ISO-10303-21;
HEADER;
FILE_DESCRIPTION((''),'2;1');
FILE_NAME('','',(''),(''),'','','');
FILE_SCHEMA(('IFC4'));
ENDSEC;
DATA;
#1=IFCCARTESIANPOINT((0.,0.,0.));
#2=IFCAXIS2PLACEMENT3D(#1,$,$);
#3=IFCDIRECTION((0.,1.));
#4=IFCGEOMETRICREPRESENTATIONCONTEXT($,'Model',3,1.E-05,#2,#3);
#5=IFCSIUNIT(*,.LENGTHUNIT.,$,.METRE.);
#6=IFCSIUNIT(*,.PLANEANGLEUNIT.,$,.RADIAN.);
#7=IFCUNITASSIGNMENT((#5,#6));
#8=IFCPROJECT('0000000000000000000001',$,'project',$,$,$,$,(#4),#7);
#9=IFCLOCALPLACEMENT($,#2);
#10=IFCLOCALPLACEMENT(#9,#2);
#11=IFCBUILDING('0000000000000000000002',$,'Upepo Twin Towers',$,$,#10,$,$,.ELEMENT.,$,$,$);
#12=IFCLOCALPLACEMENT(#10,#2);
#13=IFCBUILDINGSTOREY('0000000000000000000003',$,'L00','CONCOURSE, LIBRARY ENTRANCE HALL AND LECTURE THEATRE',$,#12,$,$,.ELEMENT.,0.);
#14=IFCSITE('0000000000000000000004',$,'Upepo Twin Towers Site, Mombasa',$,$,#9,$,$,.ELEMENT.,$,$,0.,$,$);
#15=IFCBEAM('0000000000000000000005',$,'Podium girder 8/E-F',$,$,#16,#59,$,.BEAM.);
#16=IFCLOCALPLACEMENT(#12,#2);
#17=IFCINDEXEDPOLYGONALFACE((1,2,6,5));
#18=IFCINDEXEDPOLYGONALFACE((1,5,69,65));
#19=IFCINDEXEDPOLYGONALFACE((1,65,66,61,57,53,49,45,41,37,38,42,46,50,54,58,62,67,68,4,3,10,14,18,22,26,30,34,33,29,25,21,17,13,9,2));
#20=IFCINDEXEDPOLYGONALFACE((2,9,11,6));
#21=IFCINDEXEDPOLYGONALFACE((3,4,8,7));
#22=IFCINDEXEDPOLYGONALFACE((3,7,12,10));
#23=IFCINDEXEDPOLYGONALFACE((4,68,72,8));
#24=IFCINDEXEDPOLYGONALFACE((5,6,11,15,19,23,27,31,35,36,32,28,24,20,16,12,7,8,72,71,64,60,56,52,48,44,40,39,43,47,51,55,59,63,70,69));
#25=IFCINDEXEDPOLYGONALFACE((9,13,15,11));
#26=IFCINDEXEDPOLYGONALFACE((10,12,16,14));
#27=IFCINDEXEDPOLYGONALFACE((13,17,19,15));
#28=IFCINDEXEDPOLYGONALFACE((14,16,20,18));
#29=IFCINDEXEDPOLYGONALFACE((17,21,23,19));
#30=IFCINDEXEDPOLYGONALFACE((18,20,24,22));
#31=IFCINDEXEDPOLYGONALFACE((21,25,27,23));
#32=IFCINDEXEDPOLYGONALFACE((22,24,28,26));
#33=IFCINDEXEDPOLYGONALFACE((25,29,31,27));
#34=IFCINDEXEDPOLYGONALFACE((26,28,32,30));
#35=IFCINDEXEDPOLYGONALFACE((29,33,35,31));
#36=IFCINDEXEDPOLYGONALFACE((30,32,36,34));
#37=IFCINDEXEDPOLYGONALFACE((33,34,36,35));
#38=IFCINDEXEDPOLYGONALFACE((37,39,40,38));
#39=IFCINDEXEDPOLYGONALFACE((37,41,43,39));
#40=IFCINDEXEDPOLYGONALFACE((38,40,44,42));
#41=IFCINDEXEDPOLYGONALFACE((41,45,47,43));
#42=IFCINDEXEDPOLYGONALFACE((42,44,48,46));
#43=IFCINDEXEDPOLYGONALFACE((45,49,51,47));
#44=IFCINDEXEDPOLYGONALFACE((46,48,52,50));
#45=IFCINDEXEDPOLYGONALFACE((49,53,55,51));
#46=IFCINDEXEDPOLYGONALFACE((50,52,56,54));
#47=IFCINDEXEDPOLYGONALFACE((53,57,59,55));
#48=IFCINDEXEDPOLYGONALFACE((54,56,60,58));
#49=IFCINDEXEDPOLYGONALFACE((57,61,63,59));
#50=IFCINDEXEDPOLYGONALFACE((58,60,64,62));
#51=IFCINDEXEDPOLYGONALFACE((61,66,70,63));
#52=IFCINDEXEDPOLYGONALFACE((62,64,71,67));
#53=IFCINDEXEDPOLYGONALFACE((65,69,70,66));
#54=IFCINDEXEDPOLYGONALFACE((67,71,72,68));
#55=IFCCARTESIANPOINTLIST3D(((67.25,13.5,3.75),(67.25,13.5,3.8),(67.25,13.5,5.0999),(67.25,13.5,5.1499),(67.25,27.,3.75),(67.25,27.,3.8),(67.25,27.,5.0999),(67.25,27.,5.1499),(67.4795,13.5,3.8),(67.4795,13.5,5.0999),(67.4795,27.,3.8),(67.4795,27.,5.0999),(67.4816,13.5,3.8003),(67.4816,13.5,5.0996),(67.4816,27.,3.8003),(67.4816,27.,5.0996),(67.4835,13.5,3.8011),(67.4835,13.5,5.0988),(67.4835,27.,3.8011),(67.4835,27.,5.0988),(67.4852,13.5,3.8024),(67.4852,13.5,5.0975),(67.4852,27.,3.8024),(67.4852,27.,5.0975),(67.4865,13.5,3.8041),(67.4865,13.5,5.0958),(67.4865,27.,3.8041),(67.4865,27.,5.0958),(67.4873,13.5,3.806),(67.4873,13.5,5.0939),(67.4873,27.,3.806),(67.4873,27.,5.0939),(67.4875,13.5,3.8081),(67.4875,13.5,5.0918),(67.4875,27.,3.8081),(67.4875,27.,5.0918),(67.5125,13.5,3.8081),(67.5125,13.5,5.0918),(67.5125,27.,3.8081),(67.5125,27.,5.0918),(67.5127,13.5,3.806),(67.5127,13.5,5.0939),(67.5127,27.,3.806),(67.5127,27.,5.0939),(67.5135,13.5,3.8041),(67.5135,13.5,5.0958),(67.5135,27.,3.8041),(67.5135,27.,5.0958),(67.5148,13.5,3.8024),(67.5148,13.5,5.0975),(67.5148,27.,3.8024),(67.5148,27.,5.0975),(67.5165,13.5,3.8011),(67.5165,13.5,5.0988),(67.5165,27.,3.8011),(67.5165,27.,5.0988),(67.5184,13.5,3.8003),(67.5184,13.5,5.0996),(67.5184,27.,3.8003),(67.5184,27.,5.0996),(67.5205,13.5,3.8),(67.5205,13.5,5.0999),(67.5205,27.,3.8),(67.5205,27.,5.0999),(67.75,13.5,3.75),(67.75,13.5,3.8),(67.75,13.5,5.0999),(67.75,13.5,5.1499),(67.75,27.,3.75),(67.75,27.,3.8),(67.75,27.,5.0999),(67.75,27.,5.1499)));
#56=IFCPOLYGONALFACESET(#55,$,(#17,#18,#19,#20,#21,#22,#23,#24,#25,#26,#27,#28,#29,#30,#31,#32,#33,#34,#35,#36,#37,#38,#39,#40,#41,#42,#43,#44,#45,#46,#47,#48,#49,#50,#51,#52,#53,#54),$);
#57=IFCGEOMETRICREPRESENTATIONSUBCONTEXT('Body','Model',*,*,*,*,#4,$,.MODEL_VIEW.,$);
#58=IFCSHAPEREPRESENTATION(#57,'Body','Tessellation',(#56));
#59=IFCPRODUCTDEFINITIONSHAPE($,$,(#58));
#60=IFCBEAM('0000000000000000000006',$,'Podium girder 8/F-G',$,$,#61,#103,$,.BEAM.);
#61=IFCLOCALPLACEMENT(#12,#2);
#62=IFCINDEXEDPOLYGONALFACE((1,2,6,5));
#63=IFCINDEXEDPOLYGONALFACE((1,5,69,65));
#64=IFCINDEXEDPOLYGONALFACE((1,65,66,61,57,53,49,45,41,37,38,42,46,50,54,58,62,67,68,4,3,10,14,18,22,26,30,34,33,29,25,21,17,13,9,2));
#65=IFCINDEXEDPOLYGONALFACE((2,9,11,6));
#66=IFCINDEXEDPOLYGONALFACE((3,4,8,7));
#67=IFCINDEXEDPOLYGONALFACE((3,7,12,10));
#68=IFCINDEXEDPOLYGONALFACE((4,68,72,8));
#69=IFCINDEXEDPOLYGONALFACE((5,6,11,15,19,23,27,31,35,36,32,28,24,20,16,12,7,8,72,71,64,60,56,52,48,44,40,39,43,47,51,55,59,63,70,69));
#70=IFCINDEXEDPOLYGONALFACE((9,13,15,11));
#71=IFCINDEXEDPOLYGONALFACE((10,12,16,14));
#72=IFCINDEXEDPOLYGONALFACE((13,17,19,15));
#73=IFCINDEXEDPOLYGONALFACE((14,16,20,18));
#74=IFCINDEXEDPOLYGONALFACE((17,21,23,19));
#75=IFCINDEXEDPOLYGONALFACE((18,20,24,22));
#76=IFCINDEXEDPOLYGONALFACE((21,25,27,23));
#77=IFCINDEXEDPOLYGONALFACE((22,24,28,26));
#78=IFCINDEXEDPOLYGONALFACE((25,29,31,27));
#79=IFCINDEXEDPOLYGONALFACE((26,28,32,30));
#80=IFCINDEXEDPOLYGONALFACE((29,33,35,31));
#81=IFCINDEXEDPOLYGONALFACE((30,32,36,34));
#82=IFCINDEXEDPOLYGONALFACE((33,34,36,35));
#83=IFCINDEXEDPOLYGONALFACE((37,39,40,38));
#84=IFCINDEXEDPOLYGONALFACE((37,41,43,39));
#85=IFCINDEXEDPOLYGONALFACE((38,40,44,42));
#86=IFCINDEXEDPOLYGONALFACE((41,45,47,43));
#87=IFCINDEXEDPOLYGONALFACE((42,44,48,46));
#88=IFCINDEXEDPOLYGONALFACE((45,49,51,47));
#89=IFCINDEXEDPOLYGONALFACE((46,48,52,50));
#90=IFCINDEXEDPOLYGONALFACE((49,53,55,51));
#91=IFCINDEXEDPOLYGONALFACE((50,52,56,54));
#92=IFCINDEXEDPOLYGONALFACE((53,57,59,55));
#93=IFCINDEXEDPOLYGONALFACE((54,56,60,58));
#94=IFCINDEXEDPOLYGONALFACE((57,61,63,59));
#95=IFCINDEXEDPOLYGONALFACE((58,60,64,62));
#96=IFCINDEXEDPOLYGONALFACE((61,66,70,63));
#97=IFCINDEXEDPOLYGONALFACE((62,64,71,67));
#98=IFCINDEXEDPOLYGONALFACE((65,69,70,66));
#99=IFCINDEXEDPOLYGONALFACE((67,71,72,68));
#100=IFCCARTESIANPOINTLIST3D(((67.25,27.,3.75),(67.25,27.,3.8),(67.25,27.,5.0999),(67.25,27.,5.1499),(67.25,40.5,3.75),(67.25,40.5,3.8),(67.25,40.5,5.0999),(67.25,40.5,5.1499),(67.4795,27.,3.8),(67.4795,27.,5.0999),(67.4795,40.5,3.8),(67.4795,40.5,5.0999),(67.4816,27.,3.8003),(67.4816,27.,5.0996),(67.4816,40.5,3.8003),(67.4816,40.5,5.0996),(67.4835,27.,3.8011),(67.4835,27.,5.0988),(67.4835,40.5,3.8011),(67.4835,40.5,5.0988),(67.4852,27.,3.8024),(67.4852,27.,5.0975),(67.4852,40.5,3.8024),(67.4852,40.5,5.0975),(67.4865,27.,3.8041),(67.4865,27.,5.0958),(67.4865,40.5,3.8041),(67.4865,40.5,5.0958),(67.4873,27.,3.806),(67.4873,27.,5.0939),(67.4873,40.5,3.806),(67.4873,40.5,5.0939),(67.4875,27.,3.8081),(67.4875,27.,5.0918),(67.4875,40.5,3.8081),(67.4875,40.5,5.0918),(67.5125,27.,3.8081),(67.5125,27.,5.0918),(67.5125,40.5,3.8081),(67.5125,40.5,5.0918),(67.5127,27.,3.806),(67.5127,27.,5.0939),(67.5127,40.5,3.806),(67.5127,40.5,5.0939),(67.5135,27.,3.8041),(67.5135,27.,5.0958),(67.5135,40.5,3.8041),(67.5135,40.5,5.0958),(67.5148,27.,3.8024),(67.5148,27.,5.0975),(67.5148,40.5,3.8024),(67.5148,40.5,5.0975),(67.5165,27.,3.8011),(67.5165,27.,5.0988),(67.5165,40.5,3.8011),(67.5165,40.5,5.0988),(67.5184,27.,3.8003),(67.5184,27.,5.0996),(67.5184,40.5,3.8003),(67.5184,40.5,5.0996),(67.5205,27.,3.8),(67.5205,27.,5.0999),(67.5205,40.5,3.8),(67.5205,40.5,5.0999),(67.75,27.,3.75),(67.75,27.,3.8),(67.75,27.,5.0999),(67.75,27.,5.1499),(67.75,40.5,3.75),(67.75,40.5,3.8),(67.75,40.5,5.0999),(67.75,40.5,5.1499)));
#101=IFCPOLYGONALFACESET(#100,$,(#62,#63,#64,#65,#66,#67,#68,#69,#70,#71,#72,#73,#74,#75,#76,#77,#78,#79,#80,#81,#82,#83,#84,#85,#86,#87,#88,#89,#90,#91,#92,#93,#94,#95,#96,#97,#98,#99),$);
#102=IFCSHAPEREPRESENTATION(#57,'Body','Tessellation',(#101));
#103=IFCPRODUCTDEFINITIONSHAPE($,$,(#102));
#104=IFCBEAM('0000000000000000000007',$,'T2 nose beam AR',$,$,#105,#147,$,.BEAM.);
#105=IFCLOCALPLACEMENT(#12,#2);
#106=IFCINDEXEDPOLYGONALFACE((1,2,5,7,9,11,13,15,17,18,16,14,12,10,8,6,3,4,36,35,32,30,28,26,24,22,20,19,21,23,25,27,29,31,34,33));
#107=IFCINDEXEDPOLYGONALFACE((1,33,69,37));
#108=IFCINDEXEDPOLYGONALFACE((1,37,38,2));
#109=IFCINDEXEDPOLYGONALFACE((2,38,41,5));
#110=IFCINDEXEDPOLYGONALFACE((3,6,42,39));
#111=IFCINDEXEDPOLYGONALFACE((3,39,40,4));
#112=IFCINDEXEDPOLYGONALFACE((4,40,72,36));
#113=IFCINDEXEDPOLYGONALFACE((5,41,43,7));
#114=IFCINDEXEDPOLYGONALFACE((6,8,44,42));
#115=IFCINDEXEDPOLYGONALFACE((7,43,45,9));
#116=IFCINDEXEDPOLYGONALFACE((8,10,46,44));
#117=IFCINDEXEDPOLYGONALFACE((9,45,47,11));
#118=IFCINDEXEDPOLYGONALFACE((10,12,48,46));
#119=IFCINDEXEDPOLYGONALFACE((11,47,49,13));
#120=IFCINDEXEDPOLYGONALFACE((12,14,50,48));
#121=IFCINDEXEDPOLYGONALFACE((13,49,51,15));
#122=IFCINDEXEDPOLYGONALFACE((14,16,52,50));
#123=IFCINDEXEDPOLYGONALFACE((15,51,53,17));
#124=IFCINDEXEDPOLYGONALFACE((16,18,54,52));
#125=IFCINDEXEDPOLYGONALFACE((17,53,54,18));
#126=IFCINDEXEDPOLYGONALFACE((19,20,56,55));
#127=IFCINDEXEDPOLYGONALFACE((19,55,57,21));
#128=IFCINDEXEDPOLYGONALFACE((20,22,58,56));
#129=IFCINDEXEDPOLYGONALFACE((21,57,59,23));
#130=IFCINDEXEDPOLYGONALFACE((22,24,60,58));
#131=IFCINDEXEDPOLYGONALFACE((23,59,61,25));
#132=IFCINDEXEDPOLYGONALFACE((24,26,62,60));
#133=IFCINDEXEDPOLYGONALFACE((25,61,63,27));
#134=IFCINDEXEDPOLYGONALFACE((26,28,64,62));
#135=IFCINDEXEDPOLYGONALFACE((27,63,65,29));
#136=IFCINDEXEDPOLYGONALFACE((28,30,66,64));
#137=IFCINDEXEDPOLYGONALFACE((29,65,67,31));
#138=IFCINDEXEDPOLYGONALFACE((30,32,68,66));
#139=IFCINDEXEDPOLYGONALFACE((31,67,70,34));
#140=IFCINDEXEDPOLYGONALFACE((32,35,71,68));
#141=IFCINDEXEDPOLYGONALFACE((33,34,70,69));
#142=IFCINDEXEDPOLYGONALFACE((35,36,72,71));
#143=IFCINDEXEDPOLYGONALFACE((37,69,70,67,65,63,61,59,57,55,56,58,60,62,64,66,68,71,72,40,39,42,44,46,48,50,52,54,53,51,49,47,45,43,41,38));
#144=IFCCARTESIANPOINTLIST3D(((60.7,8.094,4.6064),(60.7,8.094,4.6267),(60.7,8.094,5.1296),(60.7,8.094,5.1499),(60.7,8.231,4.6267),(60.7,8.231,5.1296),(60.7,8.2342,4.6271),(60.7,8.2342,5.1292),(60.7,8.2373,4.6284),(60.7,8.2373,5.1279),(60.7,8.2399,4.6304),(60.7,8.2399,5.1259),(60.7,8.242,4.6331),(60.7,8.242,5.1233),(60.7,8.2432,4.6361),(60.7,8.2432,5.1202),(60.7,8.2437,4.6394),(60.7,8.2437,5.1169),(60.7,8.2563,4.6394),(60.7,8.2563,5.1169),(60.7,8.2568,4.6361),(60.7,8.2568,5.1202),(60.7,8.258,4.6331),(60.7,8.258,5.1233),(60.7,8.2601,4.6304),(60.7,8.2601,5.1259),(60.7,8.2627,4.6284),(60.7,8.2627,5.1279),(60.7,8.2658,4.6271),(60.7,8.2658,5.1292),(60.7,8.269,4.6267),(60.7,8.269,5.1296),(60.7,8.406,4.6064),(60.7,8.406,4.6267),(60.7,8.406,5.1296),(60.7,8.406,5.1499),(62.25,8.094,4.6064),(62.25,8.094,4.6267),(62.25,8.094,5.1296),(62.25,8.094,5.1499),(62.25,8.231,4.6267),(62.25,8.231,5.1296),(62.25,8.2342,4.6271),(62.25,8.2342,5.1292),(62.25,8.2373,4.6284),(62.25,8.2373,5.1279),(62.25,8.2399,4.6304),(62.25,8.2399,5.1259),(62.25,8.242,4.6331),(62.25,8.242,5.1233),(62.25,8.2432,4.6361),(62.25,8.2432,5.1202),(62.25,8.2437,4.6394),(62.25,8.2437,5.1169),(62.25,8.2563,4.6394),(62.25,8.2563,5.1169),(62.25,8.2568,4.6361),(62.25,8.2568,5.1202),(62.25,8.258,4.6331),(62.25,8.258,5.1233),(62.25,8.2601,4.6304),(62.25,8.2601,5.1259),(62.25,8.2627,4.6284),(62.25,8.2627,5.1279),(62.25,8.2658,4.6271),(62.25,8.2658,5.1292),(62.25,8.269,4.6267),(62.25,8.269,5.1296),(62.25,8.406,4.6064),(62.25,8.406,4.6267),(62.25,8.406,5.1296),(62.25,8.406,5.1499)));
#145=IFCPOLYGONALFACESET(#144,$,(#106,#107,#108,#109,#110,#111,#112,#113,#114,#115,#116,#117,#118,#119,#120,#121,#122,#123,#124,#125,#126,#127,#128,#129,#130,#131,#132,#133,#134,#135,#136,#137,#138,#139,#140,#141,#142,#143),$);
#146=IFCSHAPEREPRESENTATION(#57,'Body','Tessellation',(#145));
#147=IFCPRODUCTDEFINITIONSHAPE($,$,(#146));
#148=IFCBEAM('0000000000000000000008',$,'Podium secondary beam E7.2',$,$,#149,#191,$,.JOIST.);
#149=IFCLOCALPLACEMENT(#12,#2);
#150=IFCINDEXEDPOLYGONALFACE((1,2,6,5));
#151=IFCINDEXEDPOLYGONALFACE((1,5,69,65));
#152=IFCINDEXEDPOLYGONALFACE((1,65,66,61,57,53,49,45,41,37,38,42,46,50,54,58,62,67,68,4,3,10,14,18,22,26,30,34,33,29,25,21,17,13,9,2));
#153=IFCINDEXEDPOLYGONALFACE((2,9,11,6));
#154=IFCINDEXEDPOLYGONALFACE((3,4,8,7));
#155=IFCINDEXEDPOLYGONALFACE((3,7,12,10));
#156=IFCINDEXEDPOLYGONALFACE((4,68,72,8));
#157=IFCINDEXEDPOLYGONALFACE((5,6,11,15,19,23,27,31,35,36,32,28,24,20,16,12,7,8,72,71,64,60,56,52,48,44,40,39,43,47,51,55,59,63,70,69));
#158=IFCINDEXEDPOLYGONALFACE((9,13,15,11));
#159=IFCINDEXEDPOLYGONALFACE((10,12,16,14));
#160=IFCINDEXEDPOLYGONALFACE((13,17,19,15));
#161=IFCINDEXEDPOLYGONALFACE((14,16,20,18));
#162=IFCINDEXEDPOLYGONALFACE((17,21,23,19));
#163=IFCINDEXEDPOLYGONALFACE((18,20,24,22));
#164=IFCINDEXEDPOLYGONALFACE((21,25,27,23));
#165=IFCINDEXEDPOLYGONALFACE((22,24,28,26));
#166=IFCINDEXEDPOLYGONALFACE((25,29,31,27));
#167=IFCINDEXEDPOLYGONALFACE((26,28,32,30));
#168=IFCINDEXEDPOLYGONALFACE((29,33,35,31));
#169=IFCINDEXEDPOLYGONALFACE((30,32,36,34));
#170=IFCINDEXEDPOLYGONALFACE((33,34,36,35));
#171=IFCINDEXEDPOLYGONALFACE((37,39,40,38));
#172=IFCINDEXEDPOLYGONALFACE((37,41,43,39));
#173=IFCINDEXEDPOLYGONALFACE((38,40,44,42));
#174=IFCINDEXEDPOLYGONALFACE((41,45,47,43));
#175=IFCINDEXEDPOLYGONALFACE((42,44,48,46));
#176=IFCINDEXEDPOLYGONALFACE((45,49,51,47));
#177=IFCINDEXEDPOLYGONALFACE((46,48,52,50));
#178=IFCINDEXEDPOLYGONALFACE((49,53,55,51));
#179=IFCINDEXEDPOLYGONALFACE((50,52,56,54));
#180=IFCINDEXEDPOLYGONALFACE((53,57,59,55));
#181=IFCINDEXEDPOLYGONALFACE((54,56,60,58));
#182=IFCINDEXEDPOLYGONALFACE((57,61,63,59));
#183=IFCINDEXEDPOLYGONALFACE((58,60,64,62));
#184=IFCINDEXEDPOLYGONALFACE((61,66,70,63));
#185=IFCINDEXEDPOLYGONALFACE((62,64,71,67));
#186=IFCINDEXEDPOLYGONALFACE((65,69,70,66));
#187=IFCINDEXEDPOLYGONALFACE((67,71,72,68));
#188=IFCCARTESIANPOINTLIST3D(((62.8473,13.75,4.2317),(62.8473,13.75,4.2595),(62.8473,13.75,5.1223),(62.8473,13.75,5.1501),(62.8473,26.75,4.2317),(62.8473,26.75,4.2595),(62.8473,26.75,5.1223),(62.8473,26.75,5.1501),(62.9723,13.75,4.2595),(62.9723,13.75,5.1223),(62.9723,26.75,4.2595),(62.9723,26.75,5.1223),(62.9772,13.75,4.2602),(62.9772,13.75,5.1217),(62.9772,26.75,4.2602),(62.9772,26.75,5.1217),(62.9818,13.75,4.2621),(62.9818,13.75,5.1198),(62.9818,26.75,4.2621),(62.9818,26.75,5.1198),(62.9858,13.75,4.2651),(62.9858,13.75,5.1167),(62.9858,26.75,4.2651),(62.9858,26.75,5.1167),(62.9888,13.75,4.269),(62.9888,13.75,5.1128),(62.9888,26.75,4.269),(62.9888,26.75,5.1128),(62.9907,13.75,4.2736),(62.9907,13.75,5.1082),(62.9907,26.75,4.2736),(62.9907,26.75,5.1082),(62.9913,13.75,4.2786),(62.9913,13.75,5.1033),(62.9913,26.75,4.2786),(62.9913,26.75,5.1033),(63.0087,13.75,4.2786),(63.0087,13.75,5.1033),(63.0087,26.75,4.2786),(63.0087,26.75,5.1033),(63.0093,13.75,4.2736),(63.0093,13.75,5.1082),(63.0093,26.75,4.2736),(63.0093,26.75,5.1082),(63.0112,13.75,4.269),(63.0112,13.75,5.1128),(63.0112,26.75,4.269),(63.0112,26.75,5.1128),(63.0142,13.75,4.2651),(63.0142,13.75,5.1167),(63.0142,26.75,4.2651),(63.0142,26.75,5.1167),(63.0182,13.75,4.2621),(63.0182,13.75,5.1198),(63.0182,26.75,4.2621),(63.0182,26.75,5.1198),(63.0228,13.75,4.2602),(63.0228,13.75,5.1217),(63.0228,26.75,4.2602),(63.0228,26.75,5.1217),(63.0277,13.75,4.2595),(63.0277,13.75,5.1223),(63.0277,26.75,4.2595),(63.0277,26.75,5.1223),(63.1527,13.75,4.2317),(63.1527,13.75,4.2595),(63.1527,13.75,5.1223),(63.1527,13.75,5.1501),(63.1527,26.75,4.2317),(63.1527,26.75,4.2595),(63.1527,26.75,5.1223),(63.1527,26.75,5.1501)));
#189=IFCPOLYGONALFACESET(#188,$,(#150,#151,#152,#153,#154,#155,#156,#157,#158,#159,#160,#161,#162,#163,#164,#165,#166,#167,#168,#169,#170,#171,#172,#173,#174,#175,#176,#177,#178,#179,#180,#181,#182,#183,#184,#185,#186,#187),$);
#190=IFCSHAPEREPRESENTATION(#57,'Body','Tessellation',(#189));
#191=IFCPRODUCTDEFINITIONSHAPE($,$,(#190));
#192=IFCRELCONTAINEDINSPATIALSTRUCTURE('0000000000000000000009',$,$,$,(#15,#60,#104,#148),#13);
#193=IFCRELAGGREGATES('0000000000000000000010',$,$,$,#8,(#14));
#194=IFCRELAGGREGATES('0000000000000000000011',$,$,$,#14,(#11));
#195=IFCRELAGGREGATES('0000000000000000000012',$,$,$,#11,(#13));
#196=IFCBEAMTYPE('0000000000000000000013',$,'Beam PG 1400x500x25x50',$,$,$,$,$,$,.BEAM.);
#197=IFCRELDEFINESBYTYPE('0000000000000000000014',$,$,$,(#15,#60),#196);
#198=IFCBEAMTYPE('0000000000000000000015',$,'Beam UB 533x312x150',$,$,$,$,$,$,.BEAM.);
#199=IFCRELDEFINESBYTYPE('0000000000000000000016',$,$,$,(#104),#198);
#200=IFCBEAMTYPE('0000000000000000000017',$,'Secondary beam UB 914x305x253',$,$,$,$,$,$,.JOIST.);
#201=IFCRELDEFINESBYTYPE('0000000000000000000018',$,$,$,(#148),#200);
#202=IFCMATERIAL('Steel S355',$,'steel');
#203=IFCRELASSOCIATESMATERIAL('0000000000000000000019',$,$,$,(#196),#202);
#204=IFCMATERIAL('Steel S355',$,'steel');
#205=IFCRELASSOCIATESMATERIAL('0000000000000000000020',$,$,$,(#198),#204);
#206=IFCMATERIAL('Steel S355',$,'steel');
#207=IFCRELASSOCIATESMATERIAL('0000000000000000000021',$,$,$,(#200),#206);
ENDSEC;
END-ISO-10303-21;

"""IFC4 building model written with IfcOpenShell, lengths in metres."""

from ifc_helpers import new_model, si_unit, direction, frame, origin, origin_2d, place, context, subcontext, project, spatial, i_section, extrude, material, material_profile, profile_set, type_object, element, save


model = new_model("IFC4")

# Units and contexts
model_context = context("Model", 3, precision=1e-05, world=origin(), true_north=direction((0.0, 1.0)))
body_context = subcontext(model_context, "Body", "Model", "MODEL_VIEW")
ifc_project = project(units=[si_unit("LENGTHUNIT", "METRE"), si_unit("PLANEANGLEUNIT", "RADIAN")], contexts=[model_context])

# Site, building, storey
site_placement = place(None, origin())
site = spatial("IfcSite", under=ifc_project, at=site_placement, Name="Upepo Twin Towers Site, Mombasa", CompositionType="ELEMENT", RefElevation=0.0)
building_placement = place(site_placement, origin())
building = spatial("IfcBuilding", under=site, at=building_placement, Name="Upepo Twin Towers", CompositionType="ELEMENT")
storey_placement = place(building_placement, origin())
storey = spatial("IfcBuildingStorey", under=building, at=storey_placement, Name="L00", Description="CONCOURSE, LIBRARY ENTRANCE HALL AND LECTURE THEATRE", CompositionType="ELEMENT", Elevation=0.0)

# Beams
ifc_material_1 = material(Name="Steel S355", Category="steel")
ifc_material_profile_1 = material_profile(ifc_material_1, i_section(OverallWidth=0.5, OverallDepth=1.3999, WebThickness=0.0249, FlangeThickness=0.05, FilletRadius=0.0081, at=origin_2d()), Name="PG 1400x500x25x50")
ifc_profile_set_1 = profile_set([ifc_material_profile_1], Name="Steel S355")
beam_type_1 = type_object("IfcBeamType", Name="Beam PG 1400x500x25x50", PredefinedType="BEAM", material=ifc_profile_set_1)
for number, where, z_axis, x_axis, name in (
    (1, (67.5, 13.5, 4.45), (0.0, 1.0, 0.0), (-1.0, 0.0, 0.0), "Podium girder 8/E-F"),
    (2, (67.5, 27.0, 4.45), (0.0, 1.0, 0.0), (-1.0, 0.0, 0.0), "Podium girder 8/F-G"),
):
    element("IfcBeam", number, at=place(storey_placement, frame(where, z_axis=z_axis, x_axis=x_axis)), inside=storey, type_object=beam_type_1, Name=name, PredefinedType="BEAM", context=body_context, shape_type="SweptSolid", body=[
        extrude(i_section(OverallWidth=0.5, OverallDepth=1.3999, WebThickness=0.0249, FlangeThickness=0.05, FilletRadius=0.0081, at=origin_2d()), origin(), (0.0, 0.0, 1.0), 13.5),
    ])
ifc_material_2 = material(Name="Steel S355", Category="steel")
ifc_material_profile_2 = material_profile(ifc_material_2, i_section(OverallWidth=0.312, OverallDepth=0.5435, WebThickness=0.0127, FlangeThickness=0.0203, FilletRadius=0.0127, at=origin_2d()), Name="UB 533x312x150")
ifc_profile_set_2 = profile_set([ifc_material_profile_2], Name="Steel S355")
beam_type_2 = type_object("IfcBeamType", Name="Beam UB 533x312x150", PredefinedType="BEAM", material=ifc_profile_set_2)
beam_placement = place(storey_placement, frame((62.25, 8.25, 4.8782), z_axis=(-1.0, 0.0, 0.0), x_axis=(0.0, -1.0, 0.0)))
element("IfcBeam", 3, at=beam_placement, inside=storey, type_object=beam_type_2, Name="T2 nose beam AR", PredefinedType="BEAM", context=body_context, shape_type="SweptSolid", body=[
    extrude(i_section(OverallWidth=0.312, OverallDepth=0.5435, WebThickness=0.0127, FlangeThickness=0.0203, FilletRadius=0.0127, at=origin_2d()), origin(), (0.0, 0.0, 1.0), 1.55),
])
ifc_material_3 = material(Name="Steel S355", Category="steel")
ifc_material_profile_3 = material_profile(ifc_material_3, i_section(OverallWidth=0.3054, OverallDepth=0.9185, WebThickness=0.0173, FlangeThickness=0.0278, FilletRadius=0.019, at=origin_2d()), Name="UB 914x305x253")
ifc_profile_set_3 = profile_set([ifc_material_profile_3], Name="Steel S355")
beam_type_3 = type_object("IfcBeamType", Name="Secondary beam UB 914x305x253", PredefinedType="JOIST", material=ifc_profile_set_3)
for number, where, z_axis, x_axis, name in (
    (4, (63.0, 13.75, 4.6909), (0.0, 1.0, 0.0), (-1.0, 0.0, 0.0), "Podium secondary beam E7.2"),
):
    element("IfcBeam", number, at=place(storey_placement, frame(where, z_axis=z_axis, x_axis=x_axis)), inside=storey, type_object=beam_type_3, Name=name, PredefinedType="JOIST", context=body_context, shape_type="SweptSolid", body=[
        extrude(i_section(OverallWidth=0.3054, OverallDepth=0.9185, WebThickness=0.0173, FlangeThickness=0.0278, FilletRadius=0.019, at=origin_2d()), origin(), (0.0, 0.0, 1.0), 13.0),
    ])

save(model, "model.ifc")
